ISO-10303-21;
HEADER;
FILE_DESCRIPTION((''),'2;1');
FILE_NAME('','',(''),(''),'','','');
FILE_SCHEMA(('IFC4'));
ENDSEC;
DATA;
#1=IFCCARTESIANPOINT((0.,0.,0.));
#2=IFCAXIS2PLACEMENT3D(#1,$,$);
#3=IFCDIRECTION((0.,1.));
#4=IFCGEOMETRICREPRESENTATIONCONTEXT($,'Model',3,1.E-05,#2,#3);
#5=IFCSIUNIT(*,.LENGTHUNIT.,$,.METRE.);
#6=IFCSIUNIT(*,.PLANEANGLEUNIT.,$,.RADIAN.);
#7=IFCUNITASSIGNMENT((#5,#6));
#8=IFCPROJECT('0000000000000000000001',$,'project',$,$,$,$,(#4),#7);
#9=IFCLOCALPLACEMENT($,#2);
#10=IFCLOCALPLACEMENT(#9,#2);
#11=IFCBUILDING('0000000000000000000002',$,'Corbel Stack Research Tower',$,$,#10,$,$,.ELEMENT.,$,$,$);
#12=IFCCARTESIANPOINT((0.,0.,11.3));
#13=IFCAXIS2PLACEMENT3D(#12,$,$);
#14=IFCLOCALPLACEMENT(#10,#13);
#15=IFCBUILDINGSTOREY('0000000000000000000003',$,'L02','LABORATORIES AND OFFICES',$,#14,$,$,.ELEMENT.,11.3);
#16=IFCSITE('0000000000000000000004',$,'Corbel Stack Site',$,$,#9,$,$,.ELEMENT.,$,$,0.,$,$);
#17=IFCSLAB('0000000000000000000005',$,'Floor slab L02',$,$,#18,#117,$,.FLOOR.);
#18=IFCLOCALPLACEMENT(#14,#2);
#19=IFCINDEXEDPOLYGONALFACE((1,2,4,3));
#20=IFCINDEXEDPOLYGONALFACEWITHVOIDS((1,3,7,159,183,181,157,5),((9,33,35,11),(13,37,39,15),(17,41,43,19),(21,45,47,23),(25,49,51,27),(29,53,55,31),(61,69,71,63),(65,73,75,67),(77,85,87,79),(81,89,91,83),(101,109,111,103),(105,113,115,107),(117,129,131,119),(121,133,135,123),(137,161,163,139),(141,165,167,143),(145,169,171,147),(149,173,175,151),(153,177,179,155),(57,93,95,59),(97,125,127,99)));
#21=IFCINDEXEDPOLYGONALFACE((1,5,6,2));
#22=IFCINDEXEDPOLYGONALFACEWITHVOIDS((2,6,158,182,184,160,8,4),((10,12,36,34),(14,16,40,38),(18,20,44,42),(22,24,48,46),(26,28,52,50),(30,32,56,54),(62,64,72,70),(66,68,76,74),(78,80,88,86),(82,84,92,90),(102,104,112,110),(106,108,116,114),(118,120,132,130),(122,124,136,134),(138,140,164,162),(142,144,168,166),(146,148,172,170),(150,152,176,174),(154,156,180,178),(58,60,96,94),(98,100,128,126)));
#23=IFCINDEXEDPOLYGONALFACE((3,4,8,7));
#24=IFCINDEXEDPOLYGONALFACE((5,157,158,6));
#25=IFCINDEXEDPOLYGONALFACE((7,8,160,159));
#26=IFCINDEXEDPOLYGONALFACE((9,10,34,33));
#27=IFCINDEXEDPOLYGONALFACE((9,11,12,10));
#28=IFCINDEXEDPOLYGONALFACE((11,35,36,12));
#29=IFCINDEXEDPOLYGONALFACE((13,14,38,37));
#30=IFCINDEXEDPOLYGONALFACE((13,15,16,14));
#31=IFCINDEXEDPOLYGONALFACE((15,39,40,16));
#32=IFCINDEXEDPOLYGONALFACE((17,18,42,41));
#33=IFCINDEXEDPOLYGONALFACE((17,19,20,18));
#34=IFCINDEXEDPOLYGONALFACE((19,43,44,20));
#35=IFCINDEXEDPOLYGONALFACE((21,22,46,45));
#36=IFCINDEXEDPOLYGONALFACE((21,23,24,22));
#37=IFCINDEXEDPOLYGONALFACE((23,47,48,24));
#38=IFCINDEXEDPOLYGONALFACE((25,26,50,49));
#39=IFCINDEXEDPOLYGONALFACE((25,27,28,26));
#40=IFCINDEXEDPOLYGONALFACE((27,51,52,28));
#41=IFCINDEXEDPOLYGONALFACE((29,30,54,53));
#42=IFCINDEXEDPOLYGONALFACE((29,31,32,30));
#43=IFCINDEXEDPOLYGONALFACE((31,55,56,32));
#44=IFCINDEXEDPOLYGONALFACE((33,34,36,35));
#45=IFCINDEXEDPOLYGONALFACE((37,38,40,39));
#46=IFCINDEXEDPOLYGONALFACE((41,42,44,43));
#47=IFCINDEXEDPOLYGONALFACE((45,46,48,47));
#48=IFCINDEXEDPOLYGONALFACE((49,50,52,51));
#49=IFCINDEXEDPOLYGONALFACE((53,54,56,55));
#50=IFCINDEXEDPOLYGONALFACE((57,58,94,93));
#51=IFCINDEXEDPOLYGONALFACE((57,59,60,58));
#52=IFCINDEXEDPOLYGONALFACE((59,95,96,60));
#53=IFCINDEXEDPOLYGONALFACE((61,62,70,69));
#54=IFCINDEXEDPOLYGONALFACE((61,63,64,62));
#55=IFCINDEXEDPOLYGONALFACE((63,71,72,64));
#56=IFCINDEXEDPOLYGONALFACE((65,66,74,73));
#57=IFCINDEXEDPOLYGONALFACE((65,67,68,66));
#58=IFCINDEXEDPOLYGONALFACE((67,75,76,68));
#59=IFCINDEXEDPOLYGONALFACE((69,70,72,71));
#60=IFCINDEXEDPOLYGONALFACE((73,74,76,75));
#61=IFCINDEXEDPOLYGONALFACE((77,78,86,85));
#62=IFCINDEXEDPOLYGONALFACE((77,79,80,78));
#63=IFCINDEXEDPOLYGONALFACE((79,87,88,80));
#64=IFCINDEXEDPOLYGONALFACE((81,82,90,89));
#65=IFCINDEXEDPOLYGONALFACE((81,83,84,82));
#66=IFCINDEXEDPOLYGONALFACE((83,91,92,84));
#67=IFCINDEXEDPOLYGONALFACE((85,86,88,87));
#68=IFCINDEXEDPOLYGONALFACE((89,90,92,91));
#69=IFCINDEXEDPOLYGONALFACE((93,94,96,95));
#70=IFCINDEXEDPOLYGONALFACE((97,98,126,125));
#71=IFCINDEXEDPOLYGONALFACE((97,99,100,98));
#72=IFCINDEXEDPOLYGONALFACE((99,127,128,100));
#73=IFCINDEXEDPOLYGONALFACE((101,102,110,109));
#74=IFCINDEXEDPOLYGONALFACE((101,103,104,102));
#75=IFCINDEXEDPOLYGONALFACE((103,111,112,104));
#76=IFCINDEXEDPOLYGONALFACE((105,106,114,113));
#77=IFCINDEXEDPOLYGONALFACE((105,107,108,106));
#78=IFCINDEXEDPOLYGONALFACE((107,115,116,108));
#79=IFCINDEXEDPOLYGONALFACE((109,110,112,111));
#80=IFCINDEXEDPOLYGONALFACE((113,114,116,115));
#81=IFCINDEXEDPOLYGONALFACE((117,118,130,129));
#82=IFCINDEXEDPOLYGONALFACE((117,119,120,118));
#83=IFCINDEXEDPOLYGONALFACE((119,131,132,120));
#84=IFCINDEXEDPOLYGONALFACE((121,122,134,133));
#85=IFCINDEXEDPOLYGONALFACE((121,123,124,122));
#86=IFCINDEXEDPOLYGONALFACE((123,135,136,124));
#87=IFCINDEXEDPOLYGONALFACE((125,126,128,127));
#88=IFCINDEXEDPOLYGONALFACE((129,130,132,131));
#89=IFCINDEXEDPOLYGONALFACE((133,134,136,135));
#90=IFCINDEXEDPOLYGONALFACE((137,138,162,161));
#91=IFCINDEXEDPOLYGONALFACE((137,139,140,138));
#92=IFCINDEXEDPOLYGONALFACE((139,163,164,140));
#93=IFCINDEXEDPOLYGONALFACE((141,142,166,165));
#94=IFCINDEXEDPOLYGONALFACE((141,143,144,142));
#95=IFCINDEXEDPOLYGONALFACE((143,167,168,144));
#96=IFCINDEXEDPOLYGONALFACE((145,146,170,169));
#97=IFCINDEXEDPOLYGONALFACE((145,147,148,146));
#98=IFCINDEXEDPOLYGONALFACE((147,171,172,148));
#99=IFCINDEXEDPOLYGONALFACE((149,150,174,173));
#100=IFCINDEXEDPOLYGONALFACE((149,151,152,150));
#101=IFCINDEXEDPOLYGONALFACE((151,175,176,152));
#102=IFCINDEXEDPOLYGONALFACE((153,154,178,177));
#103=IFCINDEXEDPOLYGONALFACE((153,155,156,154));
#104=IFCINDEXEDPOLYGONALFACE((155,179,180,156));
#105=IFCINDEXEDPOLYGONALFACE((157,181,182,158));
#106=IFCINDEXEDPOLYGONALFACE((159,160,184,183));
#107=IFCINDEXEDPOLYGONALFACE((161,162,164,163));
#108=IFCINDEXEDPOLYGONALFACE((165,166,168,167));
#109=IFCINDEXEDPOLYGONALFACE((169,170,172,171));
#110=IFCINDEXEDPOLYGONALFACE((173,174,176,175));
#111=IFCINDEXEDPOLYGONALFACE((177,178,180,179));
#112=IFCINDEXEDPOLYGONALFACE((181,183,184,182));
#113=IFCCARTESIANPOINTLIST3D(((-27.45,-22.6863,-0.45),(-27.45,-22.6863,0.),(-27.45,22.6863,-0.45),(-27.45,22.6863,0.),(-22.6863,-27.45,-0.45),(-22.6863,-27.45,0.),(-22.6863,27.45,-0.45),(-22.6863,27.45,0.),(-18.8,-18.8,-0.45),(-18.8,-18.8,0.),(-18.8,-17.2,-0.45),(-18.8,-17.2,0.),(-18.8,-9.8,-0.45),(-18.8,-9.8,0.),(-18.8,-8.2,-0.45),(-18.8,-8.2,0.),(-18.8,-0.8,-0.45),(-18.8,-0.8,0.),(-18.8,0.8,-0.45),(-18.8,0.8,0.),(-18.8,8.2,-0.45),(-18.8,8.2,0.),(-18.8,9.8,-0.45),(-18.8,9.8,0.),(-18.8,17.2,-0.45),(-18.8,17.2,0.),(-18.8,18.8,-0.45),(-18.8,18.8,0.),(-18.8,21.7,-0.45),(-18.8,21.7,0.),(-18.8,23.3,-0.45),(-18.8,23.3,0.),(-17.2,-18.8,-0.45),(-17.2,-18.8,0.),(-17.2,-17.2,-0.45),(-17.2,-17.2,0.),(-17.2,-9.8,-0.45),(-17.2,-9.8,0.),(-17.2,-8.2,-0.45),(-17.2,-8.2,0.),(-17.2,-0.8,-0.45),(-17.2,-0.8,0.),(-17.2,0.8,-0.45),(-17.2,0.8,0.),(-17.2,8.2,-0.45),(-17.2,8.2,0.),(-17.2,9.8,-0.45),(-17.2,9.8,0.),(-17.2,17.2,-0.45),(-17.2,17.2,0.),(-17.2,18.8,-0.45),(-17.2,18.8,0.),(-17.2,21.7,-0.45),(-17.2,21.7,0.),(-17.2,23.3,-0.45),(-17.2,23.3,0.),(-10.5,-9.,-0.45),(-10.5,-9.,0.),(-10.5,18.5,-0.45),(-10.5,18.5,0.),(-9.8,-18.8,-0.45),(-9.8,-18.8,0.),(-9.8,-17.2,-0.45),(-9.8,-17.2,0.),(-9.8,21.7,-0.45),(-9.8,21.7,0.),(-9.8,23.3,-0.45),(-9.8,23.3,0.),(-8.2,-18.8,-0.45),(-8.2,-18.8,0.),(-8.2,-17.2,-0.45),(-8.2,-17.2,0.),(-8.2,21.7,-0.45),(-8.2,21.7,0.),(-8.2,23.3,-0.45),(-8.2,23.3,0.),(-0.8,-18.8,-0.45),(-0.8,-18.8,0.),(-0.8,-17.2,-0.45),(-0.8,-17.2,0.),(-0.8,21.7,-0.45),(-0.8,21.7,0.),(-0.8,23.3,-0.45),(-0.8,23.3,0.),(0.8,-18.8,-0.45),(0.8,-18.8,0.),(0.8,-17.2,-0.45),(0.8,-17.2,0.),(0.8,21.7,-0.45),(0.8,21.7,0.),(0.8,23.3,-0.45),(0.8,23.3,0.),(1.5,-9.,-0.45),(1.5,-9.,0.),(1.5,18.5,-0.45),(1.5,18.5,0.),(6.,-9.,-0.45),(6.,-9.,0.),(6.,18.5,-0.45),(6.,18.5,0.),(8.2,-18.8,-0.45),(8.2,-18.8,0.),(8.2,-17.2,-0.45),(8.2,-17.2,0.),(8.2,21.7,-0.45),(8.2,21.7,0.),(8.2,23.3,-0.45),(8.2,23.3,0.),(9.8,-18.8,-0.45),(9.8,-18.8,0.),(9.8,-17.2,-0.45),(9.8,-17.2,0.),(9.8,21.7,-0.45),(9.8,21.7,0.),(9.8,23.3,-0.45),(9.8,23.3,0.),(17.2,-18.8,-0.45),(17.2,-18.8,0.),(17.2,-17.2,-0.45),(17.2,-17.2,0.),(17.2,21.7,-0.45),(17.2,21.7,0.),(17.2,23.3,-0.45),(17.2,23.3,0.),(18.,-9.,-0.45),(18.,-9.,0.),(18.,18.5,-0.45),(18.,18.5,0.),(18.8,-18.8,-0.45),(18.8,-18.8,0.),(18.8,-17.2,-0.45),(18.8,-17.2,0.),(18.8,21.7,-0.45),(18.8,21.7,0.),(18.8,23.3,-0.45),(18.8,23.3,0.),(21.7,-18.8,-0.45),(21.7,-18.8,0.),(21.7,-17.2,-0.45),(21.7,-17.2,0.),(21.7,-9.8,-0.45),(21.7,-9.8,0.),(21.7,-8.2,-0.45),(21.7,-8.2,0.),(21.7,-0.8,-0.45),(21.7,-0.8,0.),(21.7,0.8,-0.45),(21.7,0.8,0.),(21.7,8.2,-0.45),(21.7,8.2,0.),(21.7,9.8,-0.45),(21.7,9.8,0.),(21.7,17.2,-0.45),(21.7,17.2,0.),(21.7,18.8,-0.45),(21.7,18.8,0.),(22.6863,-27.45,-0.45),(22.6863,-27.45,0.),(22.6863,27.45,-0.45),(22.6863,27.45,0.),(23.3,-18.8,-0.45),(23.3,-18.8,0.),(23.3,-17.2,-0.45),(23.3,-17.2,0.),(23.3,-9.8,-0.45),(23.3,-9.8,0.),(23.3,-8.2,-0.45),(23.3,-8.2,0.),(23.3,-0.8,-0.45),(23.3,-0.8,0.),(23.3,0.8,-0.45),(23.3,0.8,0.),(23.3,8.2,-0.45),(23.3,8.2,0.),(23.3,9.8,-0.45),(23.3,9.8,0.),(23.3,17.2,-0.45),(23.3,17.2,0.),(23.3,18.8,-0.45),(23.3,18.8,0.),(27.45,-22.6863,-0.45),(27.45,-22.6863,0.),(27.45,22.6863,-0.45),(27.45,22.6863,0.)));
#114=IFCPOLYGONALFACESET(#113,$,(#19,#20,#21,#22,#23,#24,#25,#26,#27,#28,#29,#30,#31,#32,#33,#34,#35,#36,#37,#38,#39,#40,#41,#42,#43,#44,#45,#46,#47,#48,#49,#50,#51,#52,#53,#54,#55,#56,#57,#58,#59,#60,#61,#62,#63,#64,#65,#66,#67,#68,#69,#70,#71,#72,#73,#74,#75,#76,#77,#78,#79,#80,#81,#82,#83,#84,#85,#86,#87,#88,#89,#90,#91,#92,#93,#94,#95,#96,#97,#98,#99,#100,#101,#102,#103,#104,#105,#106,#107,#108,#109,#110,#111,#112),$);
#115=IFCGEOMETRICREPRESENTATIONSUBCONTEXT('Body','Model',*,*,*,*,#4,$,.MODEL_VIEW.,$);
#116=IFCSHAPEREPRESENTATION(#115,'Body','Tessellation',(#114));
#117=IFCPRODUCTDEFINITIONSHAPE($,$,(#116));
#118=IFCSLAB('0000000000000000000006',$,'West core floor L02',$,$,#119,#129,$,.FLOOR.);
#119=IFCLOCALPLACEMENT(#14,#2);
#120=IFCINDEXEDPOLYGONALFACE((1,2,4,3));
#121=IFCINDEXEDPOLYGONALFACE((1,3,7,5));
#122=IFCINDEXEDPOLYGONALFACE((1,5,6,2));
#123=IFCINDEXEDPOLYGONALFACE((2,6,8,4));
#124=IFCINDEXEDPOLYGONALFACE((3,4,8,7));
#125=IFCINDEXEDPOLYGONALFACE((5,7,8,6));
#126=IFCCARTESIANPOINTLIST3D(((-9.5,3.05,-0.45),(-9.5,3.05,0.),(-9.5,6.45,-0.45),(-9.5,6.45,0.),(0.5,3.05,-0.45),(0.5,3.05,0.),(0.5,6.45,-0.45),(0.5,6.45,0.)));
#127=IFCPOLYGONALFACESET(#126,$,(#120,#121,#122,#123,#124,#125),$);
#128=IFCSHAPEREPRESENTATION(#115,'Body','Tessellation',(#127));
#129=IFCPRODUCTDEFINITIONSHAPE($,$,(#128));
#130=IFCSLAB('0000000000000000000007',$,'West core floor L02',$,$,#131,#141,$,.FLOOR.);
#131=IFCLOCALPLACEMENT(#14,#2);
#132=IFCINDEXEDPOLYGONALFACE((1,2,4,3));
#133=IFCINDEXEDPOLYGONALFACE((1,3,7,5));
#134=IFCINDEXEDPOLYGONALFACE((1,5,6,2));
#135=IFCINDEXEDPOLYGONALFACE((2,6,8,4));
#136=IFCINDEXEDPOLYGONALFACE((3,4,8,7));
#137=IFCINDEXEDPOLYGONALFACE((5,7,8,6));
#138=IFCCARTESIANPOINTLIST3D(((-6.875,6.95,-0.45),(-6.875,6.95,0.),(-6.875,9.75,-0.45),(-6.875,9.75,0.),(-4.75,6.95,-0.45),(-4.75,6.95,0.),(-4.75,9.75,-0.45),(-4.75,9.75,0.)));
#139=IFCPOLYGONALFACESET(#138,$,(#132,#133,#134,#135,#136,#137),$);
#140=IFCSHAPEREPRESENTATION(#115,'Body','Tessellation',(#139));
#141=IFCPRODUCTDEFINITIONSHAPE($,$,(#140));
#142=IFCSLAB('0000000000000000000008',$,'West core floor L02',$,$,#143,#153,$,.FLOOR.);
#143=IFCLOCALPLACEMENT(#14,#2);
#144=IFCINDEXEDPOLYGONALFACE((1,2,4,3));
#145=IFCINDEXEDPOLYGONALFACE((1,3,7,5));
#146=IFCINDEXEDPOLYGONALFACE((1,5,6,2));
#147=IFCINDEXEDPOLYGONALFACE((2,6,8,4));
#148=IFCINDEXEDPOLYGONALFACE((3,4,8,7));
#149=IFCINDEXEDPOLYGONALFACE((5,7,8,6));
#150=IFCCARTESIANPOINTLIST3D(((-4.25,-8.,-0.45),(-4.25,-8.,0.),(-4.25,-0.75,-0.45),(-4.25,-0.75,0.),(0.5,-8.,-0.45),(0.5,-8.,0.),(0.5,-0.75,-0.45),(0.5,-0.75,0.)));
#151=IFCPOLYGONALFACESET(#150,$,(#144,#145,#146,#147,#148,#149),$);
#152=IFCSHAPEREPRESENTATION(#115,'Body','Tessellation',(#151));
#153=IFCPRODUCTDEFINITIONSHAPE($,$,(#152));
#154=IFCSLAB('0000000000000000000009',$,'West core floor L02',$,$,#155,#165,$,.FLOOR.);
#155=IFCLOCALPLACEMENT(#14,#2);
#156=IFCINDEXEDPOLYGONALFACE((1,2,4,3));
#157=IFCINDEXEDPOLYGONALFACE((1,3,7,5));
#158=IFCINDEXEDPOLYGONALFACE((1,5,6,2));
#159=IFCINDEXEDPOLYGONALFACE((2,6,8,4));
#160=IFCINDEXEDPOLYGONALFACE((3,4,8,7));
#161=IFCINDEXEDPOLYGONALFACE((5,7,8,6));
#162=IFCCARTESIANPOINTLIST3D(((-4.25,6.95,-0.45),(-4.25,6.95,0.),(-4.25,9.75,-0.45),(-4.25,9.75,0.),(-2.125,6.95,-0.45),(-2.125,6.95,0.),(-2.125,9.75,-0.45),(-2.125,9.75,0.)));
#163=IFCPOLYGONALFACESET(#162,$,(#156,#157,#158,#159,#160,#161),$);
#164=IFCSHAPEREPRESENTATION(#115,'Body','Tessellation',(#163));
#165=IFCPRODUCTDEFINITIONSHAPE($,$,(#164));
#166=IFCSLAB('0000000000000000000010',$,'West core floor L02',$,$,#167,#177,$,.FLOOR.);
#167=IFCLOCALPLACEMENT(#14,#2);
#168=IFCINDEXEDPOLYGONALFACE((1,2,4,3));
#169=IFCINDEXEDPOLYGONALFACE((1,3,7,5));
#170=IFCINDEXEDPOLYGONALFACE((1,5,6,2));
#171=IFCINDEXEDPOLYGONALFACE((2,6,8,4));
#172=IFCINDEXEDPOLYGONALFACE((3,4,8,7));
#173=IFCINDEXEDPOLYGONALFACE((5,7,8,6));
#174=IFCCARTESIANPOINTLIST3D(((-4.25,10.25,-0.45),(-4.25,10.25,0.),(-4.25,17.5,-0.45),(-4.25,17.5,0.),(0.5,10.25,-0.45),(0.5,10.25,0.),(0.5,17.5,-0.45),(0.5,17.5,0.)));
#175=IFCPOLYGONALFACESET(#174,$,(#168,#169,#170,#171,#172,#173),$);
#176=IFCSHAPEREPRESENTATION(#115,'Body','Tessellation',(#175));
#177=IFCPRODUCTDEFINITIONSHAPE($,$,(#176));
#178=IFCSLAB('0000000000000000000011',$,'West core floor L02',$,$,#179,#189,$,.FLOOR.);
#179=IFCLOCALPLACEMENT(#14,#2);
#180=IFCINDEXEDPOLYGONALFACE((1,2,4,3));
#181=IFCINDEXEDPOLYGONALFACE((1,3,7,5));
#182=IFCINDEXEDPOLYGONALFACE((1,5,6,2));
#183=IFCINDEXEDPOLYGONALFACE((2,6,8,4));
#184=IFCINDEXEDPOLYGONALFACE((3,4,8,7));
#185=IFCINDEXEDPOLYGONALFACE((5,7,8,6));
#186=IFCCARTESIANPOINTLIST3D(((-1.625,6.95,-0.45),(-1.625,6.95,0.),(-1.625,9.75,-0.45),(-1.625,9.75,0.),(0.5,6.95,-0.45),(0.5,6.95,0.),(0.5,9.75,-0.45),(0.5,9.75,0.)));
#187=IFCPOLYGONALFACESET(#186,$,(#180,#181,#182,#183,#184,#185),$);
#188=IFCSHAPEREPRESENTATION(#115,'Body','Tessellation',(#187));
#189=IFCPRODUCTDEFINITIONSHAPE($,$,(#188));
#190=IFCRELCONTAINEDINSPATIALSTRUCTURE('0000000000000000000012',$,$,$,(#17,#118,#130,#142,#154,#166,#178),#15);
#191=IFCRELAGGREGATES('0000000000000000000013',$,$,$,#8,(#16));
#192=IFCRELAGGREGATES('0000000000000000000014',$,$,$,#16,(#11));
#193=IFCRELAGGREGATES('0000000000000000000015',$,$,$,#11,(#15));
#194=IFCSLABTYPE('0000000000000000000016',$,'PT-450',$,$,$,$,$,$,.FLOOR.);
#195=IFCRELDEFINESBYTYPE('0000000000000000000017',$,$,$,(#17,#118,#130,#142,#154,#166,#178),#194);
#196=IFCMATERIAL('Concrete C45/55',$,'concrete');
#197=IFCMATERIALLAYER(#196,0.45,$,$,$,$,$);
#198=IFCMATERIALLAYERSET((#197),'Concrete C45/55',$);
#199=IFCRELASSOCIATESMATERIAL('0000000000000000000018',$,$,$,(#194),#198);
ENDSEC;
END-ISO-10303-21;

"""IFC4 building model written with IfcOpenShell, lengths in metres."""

from ifc_helpers import new_model, si_unit, direction, frame, origin, place, context, subcontext, project, spatial, polyline, outline, extrude, material, layer, layer_set, type_object, element, save


model = new_model("IFC4")

# Units and contexts
model_context = context("Model", 3, precision=1e-05, world=origin(), true_north=direction((0.0, 1.0)))
body_context = subcontext(model_context, "Body", "Model", "MODEL_VIEW")
ifc_project = project(units=[si_unit("LENGTHUNIT", "METRE"), si_unit("PLANEANGLEUNIT", "RADIAN")], contexts=[model_context])

# Site, building, storey
site_placement = place(None, origin())
site = spatial("IfcSite", under=ifc_project, at=site_placement, Name="Corbel Stack Site", CompositionType="ELEMENT", RefElevation=0.0)
building_placement = place(site_placement, origin())
building = spatial("IfcBuilding", under=site, at=building_placement, Name="Corbel Stack Research Tower", CompositionType="ELEMENT")
storey_placement = place(building_placement, frame((0.0, 0.0, 11.3)))
storey = spatial("IfcBuildingStorey", under=building, at=storey_placement, Name="L02", Description="LABORATORIES AND OFFICES", CompositionType="ELEMENT", Elevation=11.3)

# Slabs
ifc_material_1 = material(Name="Concrete C45/55", Category="concrete")
ifc_layer_1 = layer(ifc_material_1, 0.45)
ifc_layer_set_1 = layer_set([ifc_layer_1], Name="Concrete C45/55")
slab_type = type_object("IfcSlabType", Name="PT-450", PredefinedType="FLOOR", material=ifc_layer_set_1)
slab_1_placement = place(storey_placement, frame((0.0, 0.0, -0.45)))
element("IfcSlab", 1, at=slab_1_placement, inside=storey, type_object=slab_type, Name="Floor slab L02", PredefinedType="FLOOR", context=body_context, shape_type="SweptSolid", body=[
    extrude(outline(polyline([(-22.6863, -27.45), (22.6863, -27.45), (27.45, -22.6863), (27.45, 22.6863), (22.6863, 27.45), (-22.6863, 27.45), (-27.45, 22.6863), (-27.45, -22.6863), (-22.6863, -27.45)]), holes=[polyline([(23.3, 17.2), (21.7, 17.2), (21.7, 18.8), (23.3, 18.8), (23.3, 17.2)]), polyline([(21.7, 8.2), (21.7, 9.8), (23.3, 9.8), (23.3, 8.2), (21.7, 8.2)]), polyline([(23.3, -0.8), (21.7, -0.8), (21.7, 0.8), (23.3, 0.8), (23.3, -0.8)]), polyline([(21.7, -9.8), (21.7, -8.2), (23.3, -8.2), (23.3, -9.8), (21.7, -9.8)]), polyline([(21.7, -18.8), (21.7, -17.2), (23.3, -17.2), (23.3, -18.8), (21.7, -18.8)]), polyline([(17.2, 21.7), (17.2, 23.3), (18.8, 23.3), (18.8, 21.7), (17.2, 21.7)]), polyline([(18.8, -18.8), (17.2, -18.8), (17.2, -17.2), (18.8, -17.2), (18.8, -18.8)]), polyline([(6.0, -9.0), (6.0, 18.5), (18.0, 18.5), (18.0, -9.0), (6.0, -9.0)]), polyline([(8.2, 21.7), (8.2, 23.3), (9.8, 23.3), (9.8, 21.7), (8.2, 21.7)]), polyline([(9.8, -18.8), (8.2, -18.8), (8.2, -17.2), (9.8, -17.2), (9.8, -18.8)]), polyline([(1.5, -9.0), (-10.5, -9.0), (-10.5, 18.5), (1.5, 18.5), (1.5, -9.0)]), polyline([(0.8, 21.7), (-0.8, 21.7), (-0.8, 23.3), (0.8, 23.3), (0.8, 21.7)]), polyline([(0.8, -18.8), (-0.8, -18.8), (-0.8, -17.2), (0.8, -17.2), (0.8, -18.8)]), polyline([(-9.8, 21.7), (-9.8, 23.3), (-8.2, 23.3), (-8.2, 21.7), (-9.8, 21.7)]), polyline([(-8.2, -18.8), (-9.8, -18.8), (-9.8, -17.2), (-8.2, -17.2), (-8.2, -18.8)]), polyline([(-18.8, 21.7), (-18.8, 23.3), (-17.2, 23.3), (-17.2, 21.7), (-18.8, 21.7)]), polyline([(-17.2, 17.2), (-18.8, 17.2), (-18.8, 18.8), (-17.2, 18.8), (-17.2, 17.2)]), polyline([(-17.2, 8.2), (-18.8, 8.2), (-18.8, 9.8), (-17.2, 9.8), (-17.2, 8.2)]), polyline([(-18.8, -0.8), (-18.8, 0.8), (-17.2, 0.8), (-17.2, -0.8), (-18.8, -0.8)]), polyline([(-18.8, -9.8), (-18.8, -8.2), (-17.2, -8.2), (-17.2, -9.8), (-18.8, -9.8)]), polyline([(-17.2, -18.8), (-18.8, -18.8), (-18.8, -17.2), (-17.2, -17.2), (-17.2, -18.8)])]), origin(), (0.0, 0.0, 1.0), 0.45),
])
slab_2_placement = place(storey_placement, frame((0.0, 0.0, -0.45)))
element("IfcSlab", 2, at=slab_2_placement, inside=storey, type_object=slab_type, Name="West core floor L02", PredefinedType="FLOOR", context=body_context, shape_type="SweptSolid", body=[
    extrude(outline(polyline([(-9.5, 6.45), (-9.5, 3.05), (0.5, 3.05), (0.5, 6.45), (-9.5, 6.45)])), origin(), (0.0, 0.0, 1.0), 0.45),
])
slab_3_placement = place(storey_placement, frame((0.0, 0.0, -0.45)))
element("IfcSlab", 3, at=slab_3_placement, inside=storey, type_object=slab_type, Name="West core floor L02", PredefinedType="FLOOR", context=body_context, shape_type="SweptSolid", body=[
    extrude(outline(polyline([(-6.875, 6.95), (-4.75, 6.95), (-4.75, 9.75), (-6.875, 9.75), (-6.875, 6.95)])), origin(), (0.0, 0.0, 1.0), 0.45),
])
slab_4_placement = place(storey_placement, frame((0.0, 0.0, -0.45)))
element("IfcSlab", 4, at=slab_4_placement, inside=storey, type_object=slab_type, Name="West core floor L02", PredefinedType="FLOOR", context=body_context, shape_type="SweptSolid", body=[
    extrude(outline(polyline([(-4.25, -0.75), (-4.25, -8.0), (0.5, -8.0), (0.5, -0.75), (-4.25, -0.75)])), origin(), (0.0, 0.0, 1.0), 0.45),
])
slab_5_placement = place(storey_placement, frame((0.0, 0.0, -0.45)))
element("IfcSlab", 5, at=slab_5_placement, inside=storey, type_object=slab_type, Name="West core floor L02", PredefinedType="FLOOR", context=body_context, shape_type="SweptSolid", body=[
    extrude(outline(polyline([(-2.125, 6.95), (-2.125, 9.75), (-4.25, 9.75), (-4.25, 6.95), (-2.125, 6.95)])), origin(), (0.0, 0.0, 1.0), 0.45),
])
slab_6_placement = place(storey_placement, frame((0.0, 0.0, -0.45)))
element("IfcSlab", 6, at=slab_6_placement, inside=storey, type_object=slab_type, Name="West core floor L02", PredefinedType="FLOOR", context=body_context, shape_type="SweptSolid", body=[
    extrude(outline(polyline([(-4.25, 17.5), (-4.25, 10.25), (0.5, 10.25), (0.5, 17.5), (-4.25, 17.5)])), origin(), (0.0, 0.0, 1.0), 0.45),
])
slab_7_placement = place(storey_placement, frame((0.0, 0.0, -0.45)))
element("IfcSlab", 7, at=slab_7_placement, inside=storey, type_object=slab_type, Name="West core floor L02", PredefinedType="FLOOR", context=body_context, shape_type="SweptSolid", body=[
    extrude(outline(polyline([(0.5, 6.95), (0.5, 9.75), (-1.625, 9.75), (-1.625, 6.95), (0.5, 6.95)])), origin(), (0.0, 0.0, 1.0), 0.45),
])

save(model, "model.ifc")
